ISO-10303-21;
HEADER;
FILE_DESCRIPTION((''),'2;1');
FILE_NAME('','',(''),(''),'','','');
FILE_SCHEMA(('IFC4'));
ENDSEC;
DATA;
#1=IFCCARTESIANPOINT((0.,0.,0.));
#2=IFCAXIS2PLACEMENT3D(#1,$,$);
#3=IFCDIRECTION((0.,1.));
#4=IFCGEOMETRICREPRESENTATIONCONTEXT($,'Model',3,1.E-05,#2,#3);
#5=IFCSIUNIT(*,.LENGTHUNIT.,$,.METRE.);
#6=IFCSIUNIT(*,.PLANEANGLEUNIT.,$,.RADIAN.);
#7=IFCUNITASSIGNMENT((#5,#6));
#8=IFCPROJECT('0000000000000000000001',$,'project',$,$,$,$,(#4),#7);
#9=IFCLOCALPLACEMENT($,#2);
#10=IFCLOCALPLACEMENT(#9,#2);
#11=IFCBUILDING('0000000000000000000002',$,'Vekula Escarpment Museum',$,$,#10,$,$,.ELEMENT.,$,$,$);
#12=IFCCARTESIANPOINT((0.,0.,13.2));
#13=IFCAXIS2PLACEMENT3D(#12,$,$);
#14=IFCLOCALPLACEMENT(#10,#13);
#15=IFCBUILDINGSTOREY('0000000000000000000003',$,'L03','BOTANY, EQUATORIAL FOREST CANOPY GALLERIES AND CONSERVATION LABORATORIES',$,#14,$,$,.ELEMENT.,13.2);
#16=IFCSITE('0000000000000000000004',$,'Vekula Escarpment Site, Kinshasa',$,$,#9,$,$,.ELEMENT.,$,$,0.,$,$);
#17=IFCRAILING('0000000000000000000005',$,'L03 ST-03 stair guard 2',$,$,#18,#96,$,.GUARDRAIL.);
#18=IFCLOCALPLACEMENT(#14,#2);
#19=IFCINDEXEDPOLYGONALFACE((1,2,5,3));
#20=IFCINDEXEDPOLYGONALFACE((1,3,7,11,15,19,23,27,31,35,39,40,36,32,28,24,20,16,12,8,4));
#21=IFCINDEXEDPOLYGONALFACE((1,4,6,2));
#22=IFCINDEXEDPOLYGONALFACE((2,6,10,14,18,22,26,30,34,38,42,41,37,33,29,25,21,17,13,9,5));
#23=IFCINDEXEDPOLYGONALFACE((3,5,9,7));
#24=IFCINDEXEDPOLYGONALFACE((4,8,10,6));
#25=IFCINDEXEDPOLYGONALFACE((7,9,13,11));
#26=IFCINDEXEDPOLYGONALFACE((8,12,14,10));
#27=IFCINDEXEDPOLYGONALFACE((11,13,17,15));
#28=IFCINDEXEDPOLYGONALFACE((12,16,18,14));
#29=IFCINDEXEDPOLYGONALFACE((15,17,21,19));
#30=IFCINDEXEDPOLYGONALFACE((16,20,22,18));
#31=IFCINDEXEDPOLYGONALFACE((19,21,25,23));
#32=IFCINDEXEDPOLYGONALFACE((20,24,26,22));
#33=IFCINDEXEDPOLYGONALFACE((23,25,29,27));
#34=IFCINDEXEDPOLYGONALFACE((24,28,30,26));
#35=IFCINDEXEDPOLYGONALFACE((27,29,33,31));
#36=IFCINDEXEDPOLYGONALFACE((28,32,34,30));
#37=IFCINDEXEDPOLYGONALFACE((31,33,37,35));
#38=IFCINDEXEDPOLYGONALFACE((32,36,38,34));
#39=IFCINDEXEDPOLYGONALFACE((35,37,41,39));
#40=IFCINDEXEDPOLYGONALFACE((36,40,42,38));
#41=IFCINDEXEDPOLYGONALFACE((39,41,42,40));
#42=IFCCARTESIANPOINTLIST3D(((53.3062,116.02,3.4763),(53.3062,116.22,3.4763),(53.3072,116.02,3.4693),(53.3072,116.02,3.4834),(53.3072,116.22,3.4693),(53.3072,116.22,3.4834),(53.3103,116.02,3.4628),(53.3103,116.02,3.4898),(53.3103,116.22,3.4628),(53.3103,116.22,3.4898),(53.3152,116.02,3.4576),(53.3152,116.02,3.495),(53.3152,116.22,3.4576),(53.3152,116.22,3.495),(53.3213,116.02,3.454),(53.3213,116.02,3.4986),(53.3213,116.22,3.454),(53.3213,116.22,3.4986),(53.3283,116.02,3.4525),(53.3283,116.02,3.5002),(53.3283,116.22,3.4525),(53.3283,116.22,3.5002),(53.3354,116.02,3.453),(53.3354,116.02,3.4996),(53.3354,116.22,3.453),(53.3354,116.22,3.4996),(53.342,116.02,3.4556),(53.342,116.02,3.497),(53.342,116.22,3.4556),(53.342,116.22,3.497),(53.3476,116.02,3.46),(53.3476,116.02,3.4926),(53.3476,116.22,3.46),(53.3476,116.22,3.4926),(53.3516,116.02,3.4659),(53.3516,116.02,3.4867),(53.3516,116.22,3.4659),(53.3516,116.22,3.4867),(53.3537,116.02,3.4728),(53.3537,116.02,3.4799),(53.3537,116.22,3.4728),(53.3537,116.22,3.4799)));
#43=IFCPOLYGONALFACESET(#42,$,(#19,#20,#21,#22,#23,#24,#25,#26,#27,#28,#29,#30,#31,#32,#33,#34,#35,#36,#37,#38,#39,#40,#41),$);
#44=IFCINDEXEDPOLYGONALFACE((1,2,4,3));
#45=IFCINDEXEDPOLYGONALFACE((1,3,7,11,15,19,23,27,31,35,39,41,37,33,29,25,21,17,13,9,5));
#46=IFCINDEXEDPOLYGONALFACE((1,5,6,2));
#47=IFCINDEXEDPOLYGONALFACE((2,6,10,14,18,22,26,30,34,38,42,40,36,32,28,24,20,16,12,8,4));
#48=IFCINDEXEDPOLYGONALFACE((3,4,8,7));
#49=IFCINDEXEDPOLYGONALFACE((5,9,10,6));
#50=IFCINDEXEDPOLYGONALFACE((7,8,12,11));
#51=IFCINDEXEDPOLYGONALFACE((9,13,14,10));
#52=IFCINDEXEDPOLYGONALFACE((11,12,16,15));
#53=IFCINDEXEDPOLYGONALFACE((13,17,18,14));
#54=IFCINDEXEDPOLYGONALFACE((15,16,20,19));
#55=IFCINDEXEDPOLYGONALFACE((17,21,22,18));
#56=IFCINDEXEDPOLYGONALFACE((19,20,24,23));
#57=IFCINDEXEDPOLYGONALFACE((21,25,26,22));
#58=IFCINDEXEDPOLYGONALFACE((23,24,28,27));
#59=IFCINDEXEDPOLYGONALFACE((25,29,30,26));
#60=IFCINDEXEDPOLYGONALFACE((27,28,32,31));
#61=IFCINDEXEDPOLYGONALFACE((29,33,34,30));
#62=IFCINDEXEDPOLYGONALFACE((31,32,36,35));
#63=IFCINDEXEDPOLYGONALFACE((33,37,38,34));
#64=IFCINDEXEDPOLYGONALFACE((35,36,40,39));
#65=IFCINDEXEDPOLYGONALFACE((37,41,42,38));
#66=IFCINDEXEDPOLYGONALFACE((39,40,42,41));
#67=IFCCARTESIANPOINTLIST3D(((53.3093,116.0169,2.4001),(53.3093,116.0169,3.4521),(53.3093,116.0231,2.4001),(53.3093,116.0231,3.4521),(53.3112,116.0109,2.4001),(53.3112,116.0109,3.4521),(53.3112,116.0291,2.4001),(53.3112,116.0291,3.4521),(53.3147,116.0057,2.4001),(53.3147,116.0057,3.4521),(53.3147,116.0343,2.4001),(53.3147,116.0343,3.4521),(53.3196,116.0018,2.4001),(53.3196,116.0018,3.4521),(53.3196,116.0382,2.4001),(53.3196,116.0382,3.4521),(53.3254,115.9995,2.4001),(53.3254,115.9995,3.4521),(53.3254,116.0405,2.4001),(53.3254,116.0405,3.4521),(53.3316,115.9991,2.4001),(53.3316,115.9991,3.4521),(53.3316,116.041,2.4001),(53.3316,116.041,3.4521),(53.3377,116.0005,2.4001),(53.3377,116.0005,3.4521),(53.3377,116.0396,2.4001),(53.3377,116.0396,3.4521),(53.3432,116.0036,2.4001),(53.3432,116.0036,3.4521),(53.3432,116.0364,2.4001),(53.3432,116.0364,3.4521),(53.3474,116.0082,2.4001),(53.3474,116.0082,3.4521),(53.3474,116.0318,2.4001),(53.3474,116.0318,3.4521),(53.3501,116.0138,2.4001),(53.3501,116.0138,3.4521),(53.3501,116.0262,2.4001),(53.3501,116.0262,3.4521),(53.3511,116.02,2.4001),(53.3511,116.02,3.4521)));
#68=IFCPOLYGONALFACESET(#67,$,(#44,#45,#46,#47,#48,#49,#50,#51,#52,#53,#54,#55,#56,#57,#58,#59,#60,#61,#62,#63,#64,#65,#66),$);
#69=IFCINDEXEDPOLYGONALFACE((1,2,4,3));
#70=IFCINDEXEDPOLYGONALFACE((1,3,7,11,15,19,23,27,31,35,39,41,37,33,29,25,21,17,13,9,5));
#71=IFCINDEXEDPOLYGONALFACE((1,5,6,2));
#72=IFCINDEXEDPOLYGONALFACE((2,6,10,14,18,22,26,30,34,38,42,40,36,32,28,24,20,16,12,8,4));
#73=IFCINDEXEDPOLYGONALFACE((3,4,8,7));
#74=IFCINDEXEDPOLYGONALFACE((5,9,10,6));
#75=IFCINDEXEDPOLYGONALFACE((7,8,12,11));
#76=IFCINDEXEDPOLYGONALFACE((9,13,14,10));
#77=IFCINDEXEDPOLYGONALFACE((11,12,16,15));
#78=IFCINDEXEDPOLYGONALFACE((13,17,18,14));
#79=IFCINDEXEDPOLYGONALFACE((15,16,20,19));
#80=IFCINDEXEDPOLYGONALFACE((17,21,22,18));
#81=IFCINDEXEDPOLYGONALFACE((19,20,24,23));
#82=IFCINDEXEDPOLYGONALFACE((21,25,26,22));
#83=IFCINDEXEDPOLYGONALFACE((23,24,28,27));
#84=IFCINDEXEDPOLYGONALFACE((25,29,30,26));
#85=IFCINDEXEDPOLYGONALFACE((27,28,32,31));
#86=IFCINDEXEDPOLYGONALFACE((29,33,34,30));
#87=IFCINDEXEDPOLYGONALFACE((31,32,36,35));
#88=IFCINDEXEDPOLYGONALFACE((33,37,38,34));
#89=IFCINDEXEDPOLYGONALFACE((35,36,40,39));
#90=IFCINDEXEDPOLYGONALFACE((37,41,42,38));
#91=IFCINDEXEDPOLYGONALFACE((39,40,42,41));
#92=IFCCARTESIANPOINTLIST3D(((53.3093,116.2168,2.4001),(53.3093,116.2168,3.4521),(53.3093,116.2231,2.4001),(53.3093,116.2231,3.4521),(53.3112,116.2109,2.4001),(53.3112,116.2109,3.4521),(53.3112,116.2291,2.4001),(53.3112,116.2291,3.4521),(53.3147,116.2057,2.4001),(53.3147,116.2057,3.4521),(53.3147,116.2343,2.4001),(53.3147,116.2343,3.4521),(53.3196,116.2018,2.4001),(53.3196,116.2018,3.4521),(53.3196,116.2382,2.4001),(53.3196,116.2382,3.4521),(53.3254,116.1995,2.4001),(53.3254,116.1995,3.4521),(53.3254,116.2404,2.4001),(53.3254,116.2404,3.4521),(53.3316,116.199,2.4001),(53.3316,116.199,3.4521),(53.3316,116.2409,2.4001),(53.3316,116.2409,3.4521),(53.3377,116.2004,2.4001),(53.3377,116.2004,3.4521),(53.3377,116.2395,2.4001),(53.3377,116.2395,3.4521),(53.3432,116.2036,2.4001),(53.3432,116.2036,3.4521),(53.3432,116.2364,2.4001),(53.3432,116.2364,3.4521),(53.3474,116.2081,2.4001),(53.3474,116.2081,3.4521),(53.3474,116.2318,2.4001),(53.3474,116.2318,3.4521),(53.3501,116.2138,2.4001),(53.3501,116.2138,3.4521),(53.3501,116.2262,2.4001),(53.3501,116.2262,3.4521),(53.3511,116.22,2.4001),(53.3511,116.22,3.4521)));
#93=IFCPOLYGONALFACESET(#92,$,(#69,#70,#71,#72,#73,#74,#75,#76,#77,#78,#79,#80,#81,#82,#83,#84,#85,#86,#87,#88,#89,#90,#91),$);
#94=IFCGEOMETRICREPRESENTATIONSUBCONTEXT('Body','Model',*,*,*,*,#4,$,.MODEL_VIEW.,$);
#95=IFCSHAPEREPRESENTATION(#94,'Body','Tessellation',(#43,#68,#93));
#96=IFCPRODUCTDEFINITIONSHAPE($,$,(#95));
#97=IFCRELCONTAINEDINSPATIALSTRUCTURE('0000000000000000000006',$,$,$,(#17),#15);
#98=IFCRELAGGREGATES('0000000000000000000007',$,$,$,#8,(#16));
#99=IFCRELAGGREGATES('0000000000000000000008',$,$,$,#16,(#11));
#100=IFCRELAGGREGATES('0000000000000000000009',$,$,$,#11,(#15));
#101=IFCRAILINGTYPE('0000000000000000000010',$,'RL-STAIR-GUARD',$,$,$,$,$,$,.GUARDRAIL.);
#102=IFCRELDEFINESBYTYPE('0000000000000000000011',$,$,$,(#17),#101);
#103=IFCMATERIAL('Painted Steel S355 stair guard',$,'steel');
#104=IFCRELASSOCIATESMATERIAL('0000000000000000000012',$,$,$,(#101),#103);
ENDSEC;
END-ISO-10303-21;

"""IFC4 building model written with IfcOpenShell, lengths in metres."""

from ifc_helpers import new_model, si_unit, direction, frame, origin, origin_2d, place, context, subcontext, project, spatial, circle, extrude, material, type_object, element, save


model = new_model("IFC4")

# Units and contexts
model_context = context("Model", 3, precision=1e-05, world=origin(), true_north=direction((0.0, 1.0)))
body_context = subcontext(model_context, "Body", "Model", "MODEL_VIEW")
ifc_project = project(units=[si_unit("LENGTHUNIT", "METRE"), si_unit("PLANEANGLEUNIT", "RADIAN")], contexts=[model_context])

# Site, building, storey
site_placement = place(None, origin())
site = spatial("IfcSite", under=ifc_project, at=site_placement, Name="Vekula Escarpment Site, Kinshasa", CompositionType="ELEMENT", RefElevation=0.0)
building_placement = place(site_placement, origin())
building = spatial("IfcBuilding", under=site, at=building_placement, Name="Vekula Escarpment Museum", CompositionType="ELEMENT")
storey_placement = place(building_placement, frame((0.0, 0.0, 13.2)))
storey = spatial("IfcBuildingStorey", under=building, at=storey_placement, Name="L03", Description="BOTANY, EQUATORIAL FOREST CANOPY GALLERIES AND CONSERVATION LABORATORIES", CompositionType="ELEMENT", Elevation=13.2)

# Railing
ifc_material_1 = material(Name="Painted Steel S355 stair guard", Category="steel")
railing_type_1 = type_object("IfcRailingType", Name="RL-STAIR-GUARD", PredefinedType="GUARDRAIL", material=ifc_material_1)
railing_1_placement = place(storey_placement, frame((53.3301, 116.02, 2.4001)))
element("IfcRailing", 1, at=railing_1_placement, inside=storey, type_object=railing_type_1, Name="L03 ST-03 stair guard 2", PredefinedType="GUARDRAIL", context=body_context, shape_type="SweptSolid", body=[
    extrude(circle(Radius=0.0239, at=origin_2d()), frame((0.0, 0.0, 1.0762), z_axis=(0.0, 1.0, 0.0), x_axis=(-1.0, 0.0, 0.0)), (0.0, 0.0, 1.0), 0.2),
    extrude(circle(Radius=0.021, at=origin_2d()), origin(), (0.0, 0.0, 1.0), 1.052),
    extrude(circle(Radius=0.021, at=origin_2d()), frame((0.0, 0.2, 0.0)), (0.0, 0.0, 1.0), 1.052),
])

save(model, "model.ifc")
